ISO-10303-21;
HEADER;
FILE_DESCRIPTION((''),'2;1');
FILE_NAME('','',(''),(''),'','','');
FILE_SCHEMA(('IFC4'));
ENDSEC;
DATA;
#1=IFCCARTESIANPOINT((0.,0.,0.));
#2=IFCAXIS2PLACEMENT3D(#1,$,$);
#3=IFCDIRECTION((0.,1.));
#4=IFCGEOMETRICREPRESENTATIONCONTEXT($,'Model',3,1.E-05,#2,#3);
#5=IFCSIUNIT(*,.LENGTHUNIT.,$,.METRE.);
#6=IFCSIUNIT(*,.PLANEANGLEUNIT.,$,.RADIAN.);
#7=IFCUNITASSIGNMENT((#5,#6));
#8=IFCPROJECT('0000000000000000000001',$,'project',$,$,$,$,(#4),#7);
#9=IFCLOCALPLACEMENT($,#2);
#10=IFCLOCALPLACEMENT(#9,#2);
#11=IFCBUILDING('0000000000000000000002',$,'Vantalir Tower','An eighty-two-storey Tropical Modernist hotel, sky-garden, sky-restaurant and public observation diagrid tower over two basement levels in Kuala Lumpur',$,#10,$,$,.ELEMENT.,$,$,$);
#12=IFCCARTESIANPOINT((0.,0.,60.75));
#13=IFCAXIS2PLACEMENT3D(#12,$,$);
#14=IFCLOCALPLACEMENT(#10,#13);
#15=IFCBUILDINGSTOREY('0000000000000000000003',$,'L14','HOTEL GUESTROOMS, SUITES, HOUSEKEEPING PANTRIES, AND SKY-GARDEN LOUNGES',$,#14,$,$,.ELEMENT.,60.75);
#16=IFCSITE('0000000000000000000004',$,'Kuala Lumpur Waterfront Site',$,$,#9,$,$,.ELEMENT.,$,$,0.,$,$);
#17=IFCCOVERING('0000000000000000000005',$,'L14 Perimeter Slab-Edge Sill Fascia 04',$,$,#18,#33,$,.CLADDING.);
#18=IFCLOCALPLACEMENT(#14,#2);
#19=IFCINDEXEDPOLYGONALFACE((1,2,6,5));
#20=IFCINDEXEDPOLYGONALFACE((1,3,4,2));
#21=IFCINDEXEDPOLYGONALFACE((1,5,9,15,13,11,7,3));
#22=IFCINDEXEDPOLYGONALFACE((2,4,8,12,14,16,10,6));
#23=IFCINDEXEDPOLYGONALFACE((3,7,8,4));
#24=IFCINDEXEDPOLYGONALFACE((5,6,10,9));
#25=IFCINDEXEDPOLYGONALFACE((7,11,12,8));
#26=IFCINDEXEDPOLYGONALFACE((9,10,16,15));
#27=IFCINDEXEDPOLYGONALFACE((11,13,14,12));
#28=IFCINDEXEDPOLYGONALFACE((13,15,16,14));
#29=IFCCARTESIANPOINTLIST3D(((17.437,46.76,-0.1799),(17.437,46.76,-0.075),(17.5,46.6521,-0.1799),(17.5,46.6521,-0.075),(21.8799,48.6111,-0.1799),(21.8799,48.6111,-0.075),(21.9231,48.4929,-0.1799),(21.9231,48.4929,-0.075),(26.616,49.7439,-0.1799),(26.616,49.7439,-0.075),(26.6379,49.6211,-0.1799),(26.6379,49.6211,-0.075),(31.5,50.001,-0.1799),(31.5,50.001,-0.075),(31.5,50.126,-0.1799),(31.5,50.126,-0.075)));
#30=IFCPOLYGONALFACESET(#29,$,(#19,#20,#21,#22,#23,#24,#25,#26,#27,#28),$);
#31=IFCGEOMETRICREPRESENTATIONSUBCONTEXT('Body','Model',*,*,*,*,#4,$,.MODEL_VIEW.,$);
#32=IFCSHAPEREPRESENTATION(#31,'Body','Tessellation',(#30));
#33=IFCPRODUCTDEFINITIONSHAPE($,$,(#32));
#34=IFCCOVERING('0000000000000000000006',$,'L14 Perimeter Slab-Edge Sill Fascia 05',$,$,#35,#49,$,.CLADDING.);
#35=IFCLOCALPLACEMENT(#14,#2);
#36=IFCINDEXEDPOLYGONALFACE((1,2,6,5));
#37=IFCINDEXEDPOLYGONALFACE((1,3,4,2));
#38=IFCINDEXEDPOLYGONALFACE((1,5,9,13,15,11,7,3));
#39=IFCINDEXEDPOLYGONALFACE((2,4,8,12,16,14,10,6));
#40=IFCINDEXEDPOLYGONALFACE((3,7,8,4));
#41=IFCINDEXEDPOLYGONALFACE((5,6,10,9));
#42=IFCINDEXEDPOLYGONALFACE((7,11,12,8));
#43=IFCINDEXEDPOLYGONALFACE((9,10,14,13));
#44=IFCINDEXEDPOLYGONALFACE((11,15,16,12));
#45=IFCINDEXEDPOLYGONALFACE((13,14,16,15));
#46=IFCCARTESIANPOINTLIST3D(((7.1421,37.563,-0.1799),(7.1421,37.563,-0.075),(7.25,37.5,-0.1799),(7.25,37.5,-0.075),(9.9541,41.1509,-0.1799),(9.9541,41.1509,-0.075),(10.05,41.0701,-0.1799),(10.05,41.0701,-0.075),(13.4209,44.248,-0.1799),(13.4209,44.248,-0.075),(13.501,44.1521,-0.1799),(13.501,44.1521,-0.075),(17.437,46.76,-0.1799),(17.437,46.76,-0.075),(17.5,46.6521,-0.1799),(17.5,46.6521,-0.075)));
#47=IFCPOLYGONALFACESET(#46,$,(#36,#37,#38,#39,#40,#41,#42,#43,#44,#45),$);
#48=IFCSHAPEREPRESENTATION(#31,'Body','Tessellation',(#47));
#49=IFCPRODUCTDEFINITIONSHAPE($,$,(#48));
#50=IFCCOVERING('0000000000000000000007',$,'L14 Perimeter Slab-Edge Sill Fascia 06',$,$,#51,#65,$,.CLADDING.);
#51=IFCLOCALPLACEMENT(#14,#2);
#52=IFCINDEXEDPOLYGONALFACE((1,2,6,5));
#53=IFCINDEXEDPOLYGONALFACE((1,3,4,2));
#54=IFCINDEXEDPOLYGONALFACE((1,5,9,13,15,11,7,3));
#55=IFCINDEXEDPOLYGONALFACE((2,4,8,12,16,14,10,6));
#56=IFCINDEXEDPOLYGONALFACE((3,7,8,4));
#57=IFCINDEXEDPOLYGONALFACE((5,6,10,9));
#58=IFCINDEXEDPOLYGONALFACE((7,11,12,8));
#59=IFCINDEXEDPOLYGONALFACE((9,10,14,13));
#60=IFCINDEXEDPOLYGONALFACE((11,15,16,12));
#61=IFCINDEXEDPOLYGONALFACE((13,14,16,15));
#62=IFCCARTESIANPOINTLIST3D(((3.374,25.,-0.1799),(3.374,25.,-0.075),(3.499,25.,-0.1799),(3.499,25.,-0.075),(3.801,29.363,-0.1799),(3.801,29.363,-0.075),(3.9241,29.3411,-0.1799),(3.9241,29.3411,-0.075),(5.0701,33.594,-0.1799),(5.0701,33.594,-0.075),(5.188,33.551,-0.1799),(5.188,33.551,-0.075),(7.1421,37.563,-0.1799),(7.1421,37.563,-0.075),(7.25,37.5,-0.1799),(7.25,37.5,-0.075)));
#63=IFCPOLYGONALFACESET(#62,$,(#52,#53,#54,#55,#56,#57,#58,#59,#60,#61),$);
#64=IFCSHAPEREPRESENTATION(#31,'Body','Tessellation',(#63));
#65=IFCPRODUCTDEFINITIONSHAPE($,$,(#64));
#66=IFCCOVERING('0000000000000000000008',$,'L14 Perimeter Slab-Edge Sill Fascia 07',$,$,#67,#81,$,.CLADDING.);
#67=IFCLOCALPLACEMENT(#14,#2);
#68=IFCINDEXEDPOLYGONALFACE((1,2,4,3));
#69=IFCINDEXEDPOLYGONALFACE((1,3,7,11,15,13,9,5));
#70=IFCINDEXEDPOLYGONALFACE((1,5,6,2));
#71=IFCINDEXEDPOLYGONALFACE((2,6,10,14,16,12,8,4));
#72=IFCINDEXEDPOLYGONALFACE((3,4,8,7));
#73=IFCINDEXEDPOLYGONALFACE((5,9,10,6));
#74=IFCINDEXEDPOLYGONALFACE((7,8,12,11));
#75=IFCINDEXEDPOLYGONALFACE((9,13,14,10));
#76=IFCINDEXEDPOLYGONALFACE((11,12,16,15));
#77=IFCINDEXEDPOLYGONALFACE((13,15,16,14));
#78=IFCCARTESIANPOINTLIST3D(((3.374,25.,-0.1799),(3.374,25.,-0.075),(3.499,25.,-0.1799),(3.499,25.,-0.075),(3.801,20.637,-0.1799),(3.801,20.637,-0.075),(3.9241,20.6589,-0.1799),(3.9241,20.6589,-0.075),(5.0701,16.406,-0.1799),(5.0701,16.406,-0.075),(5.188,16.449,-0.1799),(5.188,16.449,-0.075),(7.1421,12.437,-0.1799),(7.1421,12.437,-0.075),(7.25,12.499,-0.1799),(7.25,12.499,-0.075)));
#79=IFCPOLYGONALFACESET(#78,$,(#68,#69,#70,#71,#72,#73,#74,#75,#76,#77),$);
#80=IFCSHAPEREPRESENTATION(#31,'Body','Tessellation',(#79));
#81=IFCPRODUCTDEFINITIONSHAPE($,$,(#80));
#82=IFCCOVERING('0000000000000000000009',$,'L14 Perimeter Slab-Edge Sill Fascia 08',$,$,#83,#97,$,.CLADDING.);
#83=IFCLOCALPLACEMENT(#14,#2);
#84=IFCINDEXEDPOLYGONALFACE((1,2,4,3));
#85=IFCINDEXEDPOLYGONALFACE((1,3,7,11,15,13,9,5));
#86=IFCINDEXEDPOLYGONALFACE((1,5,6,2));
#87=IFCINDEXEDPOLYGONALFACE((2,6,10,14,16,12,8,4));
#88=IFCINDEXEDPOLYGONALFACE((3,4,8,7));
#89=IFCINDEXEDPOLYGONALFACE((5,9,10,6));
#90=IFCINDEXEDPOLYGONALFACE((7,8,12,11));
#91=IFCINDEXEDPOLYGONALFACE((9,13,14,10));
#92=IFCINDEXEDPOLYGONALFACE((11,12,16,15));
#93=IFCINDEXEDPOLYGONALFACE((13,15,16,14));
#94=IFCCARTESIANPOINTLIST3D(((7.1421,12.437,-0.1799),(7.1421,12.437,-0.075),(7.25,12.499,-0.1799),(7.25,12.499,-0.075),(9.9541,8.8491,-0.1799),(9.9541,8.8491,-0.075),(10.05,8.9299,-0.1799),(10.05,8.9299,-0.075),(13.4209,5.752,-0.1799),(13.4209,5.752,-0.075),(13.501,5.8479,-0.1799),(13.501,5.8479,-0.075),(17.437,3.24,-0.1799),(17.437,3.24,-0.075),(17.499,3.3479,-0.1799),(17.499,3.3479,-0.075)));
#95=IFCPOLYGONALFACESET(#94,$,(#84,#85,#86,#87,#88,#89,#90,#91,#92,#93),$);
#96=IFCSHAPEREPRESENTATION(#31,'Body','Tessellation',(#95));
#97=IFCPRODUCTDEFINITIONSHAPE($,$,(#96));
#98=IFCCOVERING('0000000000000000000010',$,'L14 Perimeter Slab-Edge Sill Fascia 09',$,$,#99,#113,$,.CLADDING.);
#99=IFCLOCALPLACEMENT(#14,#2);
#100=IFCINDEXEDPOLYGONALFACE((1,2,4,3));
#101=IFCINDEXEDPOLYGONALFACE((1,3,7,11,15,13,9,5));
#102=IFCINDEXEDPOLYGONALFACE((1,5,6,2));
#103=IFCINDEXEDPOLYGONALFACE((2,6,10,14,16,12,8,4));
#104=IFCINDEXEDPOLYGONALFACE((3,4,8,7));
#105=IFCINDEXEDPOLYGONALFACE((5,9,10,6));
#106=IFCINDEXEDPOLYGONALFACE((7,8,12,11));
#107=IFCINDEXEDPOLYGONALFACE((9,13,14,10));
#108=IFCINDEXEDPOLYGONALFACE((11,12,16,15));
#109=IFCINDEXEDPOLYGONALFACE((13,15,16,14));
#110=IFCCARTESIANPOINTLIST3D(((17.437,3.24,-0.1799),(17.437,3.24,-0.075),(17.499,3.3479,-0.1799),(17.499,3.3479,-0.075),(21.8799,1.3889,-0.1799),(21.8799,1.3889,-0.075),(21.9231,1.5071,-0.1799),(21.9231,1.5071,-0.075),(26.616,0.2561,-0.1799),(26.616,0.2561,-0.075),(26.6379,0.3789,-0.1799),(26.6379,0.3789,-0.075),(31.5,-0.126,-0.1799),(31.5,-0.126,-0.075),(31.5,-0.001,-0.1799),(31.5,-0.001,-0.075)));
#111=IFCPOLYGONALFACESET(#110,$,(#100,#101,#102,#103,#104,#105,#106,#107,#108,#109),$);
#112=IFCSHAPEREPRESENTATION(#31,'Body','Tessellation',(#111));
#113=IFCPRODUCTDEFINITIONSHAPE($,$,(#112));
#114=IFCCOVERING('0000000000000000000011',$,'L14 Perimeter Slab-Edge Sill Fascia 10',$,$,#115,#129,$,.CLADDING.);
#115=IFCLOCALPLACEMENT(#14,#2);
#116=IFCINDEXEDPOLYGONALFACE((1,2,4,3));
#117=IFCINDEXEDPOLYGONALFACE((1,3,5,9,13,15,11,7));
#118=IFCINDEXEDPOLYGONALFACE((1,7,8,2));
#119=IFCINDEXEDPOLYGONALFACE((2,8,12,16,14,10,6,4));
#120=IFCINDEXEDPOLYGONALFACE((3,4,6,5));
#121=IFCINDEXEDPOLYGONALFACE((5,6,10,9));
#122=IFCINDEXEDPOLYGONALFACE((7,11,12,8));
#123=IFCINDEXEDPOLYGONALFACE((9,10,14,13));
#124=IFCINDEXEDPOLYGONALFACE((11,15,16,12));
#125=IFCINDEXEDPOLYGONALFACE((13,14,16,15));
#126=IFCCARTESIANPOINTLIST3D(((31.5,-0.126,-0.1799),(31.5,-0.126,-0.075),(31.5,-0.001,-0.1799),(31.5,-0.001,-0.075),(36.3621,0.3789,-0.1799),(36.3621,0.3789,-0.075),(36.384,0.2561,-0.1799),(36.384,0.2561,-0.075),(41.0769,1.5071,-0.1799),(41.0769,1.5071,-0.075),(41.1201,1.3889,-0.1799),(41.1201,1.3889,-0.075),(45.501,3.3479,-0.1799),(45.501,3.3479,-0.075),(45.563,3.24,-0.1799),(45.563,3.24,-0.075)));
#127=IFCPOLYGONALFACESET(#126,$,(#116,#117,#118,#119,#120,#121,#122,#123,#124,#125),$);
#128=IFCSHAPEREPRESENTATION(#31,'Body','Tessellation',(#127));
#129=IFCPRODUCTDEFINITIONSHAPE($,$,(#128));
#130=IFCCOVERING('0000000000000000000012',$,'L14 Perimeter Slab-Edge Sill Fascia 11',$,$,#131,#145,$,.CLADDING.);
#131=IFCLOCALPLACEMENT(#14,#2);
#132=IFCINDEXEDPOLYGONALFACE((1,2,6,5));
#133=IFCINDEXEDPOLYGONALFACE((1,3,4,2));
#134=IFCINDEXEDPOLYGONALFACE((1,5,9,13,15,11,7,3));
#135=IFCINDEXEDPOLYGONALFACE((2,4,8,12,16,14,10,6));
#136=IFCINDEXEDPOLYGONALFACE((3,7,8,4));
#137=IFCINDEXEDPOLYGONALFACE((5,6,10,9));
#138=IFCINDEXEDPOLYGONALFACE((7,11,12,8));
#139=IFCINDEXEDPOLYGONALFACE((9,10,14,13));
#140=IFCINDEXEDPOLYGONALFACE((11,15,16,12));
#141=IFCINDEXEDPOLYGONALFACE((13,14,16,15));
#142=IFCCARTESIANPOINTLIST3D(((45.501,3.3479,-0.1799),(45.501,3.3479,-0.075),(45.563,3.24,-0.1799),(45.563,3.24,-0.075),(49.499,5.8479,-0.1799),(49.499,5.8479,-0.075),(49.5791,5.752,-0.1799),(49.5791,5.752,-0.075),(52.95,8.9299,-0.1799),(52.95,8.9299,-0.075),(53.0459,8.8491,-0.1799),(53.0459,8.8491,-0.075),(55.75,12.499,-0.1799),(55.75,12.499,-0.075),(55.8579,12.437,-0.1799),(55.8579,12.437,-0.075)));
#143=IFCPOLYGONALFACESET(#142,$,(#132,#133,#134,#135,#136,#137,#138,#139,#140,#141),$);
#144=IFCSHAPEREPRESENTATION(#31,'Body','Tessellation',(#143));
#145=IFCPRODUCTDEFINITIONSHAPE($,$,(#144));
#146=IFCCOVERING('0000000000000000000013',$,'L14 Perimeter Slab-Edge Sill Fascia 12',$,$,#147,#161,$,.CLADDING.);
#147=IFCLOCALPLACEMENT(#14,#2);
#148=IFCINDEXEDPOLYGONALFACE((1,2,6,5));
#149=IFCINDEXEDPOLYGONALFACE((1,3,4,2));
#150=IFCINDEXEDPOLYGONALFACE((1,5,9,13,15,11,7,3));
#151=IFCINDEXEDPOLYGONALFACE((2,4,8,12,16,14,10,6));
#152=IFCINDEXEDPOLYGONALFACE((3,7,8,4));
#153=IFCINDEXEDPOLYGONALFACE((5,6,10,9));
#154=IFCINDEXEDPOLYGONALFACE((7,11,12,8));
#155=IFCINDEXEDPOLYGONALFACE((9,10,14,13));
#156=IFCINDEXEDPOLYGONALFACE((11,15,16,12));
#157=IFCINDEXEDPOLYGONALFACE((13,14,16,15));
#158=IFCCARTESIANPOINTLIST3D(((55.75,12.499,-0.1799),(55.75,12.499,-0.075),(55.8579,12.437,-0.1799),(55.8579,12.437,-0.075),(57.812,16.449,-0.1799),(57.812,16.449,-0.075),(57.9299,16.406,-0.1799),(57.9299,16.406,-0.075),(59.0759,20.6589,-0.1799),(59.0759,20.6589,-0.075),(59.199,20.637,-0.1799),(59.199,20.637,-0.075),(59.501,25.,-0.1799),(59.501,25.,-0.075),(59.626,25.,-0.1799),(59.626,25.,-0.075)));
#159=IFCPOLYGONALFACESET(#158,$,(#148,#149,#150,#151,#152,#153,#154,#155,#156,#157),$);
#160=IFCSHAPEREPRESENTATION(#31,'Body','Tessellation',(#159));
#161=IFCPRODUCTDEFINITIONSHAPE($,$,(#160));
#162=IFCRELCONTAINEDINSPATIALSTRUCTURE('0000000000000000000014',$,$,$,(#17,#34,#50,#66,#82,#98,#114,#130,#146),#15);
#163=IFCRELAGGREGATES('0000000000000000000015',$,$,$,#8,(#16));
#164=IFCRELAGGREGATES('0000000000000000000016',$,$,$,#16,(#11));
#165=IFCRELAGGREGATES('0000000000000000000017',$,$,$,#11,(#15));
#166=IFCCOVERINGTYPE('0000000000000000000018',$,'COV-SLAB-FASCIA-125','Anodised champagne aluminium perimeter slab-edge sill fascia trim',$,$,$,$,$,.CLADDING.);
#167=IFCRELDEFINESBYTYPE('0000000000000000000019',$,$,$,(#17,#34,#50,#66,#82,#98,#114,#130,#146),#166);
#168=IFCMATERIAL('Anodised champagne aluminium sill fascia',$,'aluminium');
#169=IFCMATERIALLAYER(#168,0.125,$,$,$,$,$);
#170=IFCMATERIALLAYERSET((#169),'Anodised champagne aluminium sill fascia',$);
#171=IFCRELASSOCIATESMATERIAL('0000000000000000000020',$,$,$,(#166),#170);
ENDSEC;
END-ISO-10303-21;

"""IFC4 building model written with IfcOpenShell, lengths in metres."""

from ifc_helpers import new_model, si_unit, direction, frame, origin, place, context, subcontext, project, spatial, polyline, outline, extrude, material, layer, layer_set, type_object, element, save


model = new_model("IFC4")

# Units and contexts
model_context = context("Model", 3, precision=1e-05, world=origin(), true_north=direction((0.0, 1.0)))
body_context = subcontext(model_context, "Body", "Model", "MODEL_VIEW")
ifc_project = project(units=[si_unit("LENGTHUNIT", "METRE"), si_unit("PLANEANGLEUNIT", "RADIAN")], contexts=[model_context])

# Site, building, storey
site_placement = place(None, origin())
site = spatial("IfcSite", under=ifc_project, at=site_placement, Name="Kuala Lumpur Waterfront Site", CompositionType="ELEMENT", RefElevation=0.0)
building_placement = place(site_placement, origin())
building = spatial("IfcBuilding", under=site, at=building_placement, Name="Vantalir Tower", Description="An eighty-two-storey Tropical Modernist hotel, sky-garden, sky-restaurant and public observation diagrid tower over two basement levels in Kuala Lumpur", CompositionType="ELEMENT")
storey_placement = place(building_placement, frame((0.0, 0.0, 60.75)))
storey = spatial("IfcBuildingStorey", under=building, at=storey_placement, Name="L14", Description="HOTEL GUESTROOMS, SUITES, HOUSEKEEPING PANTRIES, AND SKY-GARDEN LOUNGES", CompositionType="ELEMENT", Elevation=60.75)

# Coverings
ifc_material_1 = material(Name="Anodised champagne aluminium sill fascia", Category="aluminium")
ifc_layer_1 = layer(ifc_material_1, 0.125)
ifc_layer_set_1 = layer_set([ifc_layer_1], Name="Anodised champagne aluminium sill fascia")
covering_type = type_object("IfcCoveringType", Name="COV-SLAB-FASCIA-125", Description="Anodised champagne aluminium perimeter slab-edge sill fascia trim", PredefinedType="CLADDING", material=ifc_layer_set_1)
covering_1_placement = place(storey_placement, frame((0.0, 0.0, -0.1799)))
element("IfcCovering", 1, at=covering_1_placement, inside=storey, type_object=covering_type, Name="L14 Perimeter Slab-Edge Sill Fascia 04", PredefinedType="CLADDING", context=body_context, shape_type="SweptSolid", body=[
    extrude(outline(polyline([(31.5, 50.126), (26.616, 49.7439), (21.8799, 48.6111), (17.437, 46.76), (17.5, 46.6521), (21.9231, 48.4929), (26.6379, 49.6211), (31.5, 50.001), (31.5, 50.126)])), origin(), (0.0, 0.0, 1.0), 0.105),
])
covering_2_placement = place(storey_placement, frame((0.0, 0.0, -0.1799)))
element("IfcCovering", 2, at=covering_2_placement, inside=storey, type_object=covering_type, Name="L14 Perimeter Slab-Edge Sill Fascia 05", PredefinedType="CLADDING", context=body_context, shape_type="SweptSolid", body=[
    extrude(outline(polyline([(17.437, 46.76), (13.4209, 44.248), (9.9541, 41.1509), (7.1421, 37.563), (7.25, 37.5), (10.05, 41.0701), (13.501, 44.1521), (17.5, 46.6521), (17.437, 46.76)])), origin(), (0.0, 0.0, 1.0), 0.105),
])
covering_3_placement = place(storey_placement, frame((0.0, 0.0, -0.1799)))
element("IfcCovering", 3, at=covering_3_placement, inside=storey, type_object=covering_type, Name="L14 Perimeter Slab-Edge Sill Fascia 06", PredefinedType="CLADDING", context=body_context, shape_type="SweptSolid", body=[
    extrude(outline(polyline([(7.1421, 37.563), (5.0701, 33.594), (3.801, 29.363), (3.374, 25.0), (3.499, 25.0), (3.9241, 29.3411), (5.188, 33.551), (7.25, 37.5), (7.1421, 37.563)])), origin(), (0.0, 0.0, 1.0), 0.105),
])
covering_4_placement = place(storey_placement, frame((0.0, 0.0, -0.1799)))
element("IfcCovering", 4, at=covering_4_placement, inside=storey, type_object=covering_type, Name="L14 Perimeter Slab-Edge Sill Fascia 07", PredefinedType="CLADDING", context=body_context, shape_type="SweptSolid", body=[
    extrude(outline(polyline([(3.374, 25.0), (3.801, 20.637), (5.0701, 16.406), (7.1421, 12.437), (7.25, 12.499), (5.188, 16.449), (3.9241, 20.6589), (3.499, 25.0), (3.374, 25.0)])), origin(), (0.0, 0.0, 1.0), 0.105),
])
covering_5_placement = place(storey_placement, frame((0.0, 0.0, -0.1799)))
element("IfcCovering", 5, at=covering_5_placement, inside=storey, type_object=covering_type, Name="L14 Perimeter Slab-Edge Sill Fascia 08", PredefinedType="CLADDING", context=body_context, shape_type="SweptSolid", body=[
    extrude(outline(polyline([(7.1421, 12.437), (9.9541, 8.8491), (13.4209, 5.752), (17.437, 3.24), (17.499, 3.3479), (13.501, 5.8479), (10.05, 8.9299), (7.25, 12.499), (7.1421, 12.437)])), origin(), (0.0, 0.0, 1.0), 0.105),
])
covering_6_placement = place(storey_placement, frame((0.0, 0.0, -0.1799)))
element("IfcCovering", 6, at=covering_6_placement, inside=storey, type_object=covering_type, Name="L14 Perimeter Slab-Edge Sill Fascia 09", PredefinedType="CLADDING", context=body_context, shape_type="SweptSolid", body=[
    extrude(outline(polyline([(17.437, 3.24), (21.8799, 1.3889), (26.616, 0.2561), (31.5, -0.126), (31.5, -0.001), (26.6379, 0.3789), (21.9231, 1.5071), (17.499, 3.3479), (17.437, 3.24)])), origin(), (0.0, 0.0, 1.0), 0.105),
])
covering_7_placement = place(storey_placement, frame((0.0, 0.0, -0.1799)))
element("IfcCovering", 7, at=covering_7_placement, inside=storey, type_object=covering_type, Name="L14 Perimeter Slab-Edge Sill Fascia 10", PredefinedType="CLADDING", context=body_context, shape_type="SweptSolid", body=[
    extrude(outline(polyline([(31.5, -0.126), (36.384, 0.2561), (41.1201, 1.3889), (45.563, 3.24), (45.501, 3.3479), (41.0769, 1.5071), (36.3621, 0.3789), (31.5, -0.001), (31.5, -0.126)])), origin(), (0.0, 0.0, 1.0), 0.105),
])
covering_8_placement = place(storey_placement, frame((0.0, 0.0, -0.1799)))
element("IfcCovering", 8, at=covering_8_placement, inside=storey, type_object=covering_type, Name="L14 Perimeter Slab-Edge Sill Fascia 11", PredefinedType="CLADDING", context=body_context, shape_type="SweptSolid", body=[
    extrude(outline(polyline([(45.563, 3.24), (49.5791, 5.752), (53.0459, 8.8491), (55.8579, 12.437), (55.75, 12.499), (52.95, 8.9299), (49.499, 5.8479), (45.501, 3.3479), (45.563, 3.24)])), origin(), (0.0, 0.0, 1.0), 0.105),
])
covering_9_placement = place(storey_placement, frame((0.0, 0.0, -0.1799)))
element("IfcCovering", 9, at=covering_9_placement, inside=storey, type_object=covering_type, Name="L14 Perimeter Slab-Edge Sill Fascia 12", PredefinedType="CLADDING", context=body_context, shape_type="SweptSolid", body=[
    extrude(outline(polyline([(55.8579, 12.437), (57.9299, 16.406), (59.199, 20.637), (59.626, 25.0), (59.501, 25.0), (59.0759, 20.6589), (57.812, 16.449), (55.75, 12.499), (55.8579, 12.437)])), origin(), (0.0, 0.0, 1.0), 0.105),
])

save(model, "model.ifc")
